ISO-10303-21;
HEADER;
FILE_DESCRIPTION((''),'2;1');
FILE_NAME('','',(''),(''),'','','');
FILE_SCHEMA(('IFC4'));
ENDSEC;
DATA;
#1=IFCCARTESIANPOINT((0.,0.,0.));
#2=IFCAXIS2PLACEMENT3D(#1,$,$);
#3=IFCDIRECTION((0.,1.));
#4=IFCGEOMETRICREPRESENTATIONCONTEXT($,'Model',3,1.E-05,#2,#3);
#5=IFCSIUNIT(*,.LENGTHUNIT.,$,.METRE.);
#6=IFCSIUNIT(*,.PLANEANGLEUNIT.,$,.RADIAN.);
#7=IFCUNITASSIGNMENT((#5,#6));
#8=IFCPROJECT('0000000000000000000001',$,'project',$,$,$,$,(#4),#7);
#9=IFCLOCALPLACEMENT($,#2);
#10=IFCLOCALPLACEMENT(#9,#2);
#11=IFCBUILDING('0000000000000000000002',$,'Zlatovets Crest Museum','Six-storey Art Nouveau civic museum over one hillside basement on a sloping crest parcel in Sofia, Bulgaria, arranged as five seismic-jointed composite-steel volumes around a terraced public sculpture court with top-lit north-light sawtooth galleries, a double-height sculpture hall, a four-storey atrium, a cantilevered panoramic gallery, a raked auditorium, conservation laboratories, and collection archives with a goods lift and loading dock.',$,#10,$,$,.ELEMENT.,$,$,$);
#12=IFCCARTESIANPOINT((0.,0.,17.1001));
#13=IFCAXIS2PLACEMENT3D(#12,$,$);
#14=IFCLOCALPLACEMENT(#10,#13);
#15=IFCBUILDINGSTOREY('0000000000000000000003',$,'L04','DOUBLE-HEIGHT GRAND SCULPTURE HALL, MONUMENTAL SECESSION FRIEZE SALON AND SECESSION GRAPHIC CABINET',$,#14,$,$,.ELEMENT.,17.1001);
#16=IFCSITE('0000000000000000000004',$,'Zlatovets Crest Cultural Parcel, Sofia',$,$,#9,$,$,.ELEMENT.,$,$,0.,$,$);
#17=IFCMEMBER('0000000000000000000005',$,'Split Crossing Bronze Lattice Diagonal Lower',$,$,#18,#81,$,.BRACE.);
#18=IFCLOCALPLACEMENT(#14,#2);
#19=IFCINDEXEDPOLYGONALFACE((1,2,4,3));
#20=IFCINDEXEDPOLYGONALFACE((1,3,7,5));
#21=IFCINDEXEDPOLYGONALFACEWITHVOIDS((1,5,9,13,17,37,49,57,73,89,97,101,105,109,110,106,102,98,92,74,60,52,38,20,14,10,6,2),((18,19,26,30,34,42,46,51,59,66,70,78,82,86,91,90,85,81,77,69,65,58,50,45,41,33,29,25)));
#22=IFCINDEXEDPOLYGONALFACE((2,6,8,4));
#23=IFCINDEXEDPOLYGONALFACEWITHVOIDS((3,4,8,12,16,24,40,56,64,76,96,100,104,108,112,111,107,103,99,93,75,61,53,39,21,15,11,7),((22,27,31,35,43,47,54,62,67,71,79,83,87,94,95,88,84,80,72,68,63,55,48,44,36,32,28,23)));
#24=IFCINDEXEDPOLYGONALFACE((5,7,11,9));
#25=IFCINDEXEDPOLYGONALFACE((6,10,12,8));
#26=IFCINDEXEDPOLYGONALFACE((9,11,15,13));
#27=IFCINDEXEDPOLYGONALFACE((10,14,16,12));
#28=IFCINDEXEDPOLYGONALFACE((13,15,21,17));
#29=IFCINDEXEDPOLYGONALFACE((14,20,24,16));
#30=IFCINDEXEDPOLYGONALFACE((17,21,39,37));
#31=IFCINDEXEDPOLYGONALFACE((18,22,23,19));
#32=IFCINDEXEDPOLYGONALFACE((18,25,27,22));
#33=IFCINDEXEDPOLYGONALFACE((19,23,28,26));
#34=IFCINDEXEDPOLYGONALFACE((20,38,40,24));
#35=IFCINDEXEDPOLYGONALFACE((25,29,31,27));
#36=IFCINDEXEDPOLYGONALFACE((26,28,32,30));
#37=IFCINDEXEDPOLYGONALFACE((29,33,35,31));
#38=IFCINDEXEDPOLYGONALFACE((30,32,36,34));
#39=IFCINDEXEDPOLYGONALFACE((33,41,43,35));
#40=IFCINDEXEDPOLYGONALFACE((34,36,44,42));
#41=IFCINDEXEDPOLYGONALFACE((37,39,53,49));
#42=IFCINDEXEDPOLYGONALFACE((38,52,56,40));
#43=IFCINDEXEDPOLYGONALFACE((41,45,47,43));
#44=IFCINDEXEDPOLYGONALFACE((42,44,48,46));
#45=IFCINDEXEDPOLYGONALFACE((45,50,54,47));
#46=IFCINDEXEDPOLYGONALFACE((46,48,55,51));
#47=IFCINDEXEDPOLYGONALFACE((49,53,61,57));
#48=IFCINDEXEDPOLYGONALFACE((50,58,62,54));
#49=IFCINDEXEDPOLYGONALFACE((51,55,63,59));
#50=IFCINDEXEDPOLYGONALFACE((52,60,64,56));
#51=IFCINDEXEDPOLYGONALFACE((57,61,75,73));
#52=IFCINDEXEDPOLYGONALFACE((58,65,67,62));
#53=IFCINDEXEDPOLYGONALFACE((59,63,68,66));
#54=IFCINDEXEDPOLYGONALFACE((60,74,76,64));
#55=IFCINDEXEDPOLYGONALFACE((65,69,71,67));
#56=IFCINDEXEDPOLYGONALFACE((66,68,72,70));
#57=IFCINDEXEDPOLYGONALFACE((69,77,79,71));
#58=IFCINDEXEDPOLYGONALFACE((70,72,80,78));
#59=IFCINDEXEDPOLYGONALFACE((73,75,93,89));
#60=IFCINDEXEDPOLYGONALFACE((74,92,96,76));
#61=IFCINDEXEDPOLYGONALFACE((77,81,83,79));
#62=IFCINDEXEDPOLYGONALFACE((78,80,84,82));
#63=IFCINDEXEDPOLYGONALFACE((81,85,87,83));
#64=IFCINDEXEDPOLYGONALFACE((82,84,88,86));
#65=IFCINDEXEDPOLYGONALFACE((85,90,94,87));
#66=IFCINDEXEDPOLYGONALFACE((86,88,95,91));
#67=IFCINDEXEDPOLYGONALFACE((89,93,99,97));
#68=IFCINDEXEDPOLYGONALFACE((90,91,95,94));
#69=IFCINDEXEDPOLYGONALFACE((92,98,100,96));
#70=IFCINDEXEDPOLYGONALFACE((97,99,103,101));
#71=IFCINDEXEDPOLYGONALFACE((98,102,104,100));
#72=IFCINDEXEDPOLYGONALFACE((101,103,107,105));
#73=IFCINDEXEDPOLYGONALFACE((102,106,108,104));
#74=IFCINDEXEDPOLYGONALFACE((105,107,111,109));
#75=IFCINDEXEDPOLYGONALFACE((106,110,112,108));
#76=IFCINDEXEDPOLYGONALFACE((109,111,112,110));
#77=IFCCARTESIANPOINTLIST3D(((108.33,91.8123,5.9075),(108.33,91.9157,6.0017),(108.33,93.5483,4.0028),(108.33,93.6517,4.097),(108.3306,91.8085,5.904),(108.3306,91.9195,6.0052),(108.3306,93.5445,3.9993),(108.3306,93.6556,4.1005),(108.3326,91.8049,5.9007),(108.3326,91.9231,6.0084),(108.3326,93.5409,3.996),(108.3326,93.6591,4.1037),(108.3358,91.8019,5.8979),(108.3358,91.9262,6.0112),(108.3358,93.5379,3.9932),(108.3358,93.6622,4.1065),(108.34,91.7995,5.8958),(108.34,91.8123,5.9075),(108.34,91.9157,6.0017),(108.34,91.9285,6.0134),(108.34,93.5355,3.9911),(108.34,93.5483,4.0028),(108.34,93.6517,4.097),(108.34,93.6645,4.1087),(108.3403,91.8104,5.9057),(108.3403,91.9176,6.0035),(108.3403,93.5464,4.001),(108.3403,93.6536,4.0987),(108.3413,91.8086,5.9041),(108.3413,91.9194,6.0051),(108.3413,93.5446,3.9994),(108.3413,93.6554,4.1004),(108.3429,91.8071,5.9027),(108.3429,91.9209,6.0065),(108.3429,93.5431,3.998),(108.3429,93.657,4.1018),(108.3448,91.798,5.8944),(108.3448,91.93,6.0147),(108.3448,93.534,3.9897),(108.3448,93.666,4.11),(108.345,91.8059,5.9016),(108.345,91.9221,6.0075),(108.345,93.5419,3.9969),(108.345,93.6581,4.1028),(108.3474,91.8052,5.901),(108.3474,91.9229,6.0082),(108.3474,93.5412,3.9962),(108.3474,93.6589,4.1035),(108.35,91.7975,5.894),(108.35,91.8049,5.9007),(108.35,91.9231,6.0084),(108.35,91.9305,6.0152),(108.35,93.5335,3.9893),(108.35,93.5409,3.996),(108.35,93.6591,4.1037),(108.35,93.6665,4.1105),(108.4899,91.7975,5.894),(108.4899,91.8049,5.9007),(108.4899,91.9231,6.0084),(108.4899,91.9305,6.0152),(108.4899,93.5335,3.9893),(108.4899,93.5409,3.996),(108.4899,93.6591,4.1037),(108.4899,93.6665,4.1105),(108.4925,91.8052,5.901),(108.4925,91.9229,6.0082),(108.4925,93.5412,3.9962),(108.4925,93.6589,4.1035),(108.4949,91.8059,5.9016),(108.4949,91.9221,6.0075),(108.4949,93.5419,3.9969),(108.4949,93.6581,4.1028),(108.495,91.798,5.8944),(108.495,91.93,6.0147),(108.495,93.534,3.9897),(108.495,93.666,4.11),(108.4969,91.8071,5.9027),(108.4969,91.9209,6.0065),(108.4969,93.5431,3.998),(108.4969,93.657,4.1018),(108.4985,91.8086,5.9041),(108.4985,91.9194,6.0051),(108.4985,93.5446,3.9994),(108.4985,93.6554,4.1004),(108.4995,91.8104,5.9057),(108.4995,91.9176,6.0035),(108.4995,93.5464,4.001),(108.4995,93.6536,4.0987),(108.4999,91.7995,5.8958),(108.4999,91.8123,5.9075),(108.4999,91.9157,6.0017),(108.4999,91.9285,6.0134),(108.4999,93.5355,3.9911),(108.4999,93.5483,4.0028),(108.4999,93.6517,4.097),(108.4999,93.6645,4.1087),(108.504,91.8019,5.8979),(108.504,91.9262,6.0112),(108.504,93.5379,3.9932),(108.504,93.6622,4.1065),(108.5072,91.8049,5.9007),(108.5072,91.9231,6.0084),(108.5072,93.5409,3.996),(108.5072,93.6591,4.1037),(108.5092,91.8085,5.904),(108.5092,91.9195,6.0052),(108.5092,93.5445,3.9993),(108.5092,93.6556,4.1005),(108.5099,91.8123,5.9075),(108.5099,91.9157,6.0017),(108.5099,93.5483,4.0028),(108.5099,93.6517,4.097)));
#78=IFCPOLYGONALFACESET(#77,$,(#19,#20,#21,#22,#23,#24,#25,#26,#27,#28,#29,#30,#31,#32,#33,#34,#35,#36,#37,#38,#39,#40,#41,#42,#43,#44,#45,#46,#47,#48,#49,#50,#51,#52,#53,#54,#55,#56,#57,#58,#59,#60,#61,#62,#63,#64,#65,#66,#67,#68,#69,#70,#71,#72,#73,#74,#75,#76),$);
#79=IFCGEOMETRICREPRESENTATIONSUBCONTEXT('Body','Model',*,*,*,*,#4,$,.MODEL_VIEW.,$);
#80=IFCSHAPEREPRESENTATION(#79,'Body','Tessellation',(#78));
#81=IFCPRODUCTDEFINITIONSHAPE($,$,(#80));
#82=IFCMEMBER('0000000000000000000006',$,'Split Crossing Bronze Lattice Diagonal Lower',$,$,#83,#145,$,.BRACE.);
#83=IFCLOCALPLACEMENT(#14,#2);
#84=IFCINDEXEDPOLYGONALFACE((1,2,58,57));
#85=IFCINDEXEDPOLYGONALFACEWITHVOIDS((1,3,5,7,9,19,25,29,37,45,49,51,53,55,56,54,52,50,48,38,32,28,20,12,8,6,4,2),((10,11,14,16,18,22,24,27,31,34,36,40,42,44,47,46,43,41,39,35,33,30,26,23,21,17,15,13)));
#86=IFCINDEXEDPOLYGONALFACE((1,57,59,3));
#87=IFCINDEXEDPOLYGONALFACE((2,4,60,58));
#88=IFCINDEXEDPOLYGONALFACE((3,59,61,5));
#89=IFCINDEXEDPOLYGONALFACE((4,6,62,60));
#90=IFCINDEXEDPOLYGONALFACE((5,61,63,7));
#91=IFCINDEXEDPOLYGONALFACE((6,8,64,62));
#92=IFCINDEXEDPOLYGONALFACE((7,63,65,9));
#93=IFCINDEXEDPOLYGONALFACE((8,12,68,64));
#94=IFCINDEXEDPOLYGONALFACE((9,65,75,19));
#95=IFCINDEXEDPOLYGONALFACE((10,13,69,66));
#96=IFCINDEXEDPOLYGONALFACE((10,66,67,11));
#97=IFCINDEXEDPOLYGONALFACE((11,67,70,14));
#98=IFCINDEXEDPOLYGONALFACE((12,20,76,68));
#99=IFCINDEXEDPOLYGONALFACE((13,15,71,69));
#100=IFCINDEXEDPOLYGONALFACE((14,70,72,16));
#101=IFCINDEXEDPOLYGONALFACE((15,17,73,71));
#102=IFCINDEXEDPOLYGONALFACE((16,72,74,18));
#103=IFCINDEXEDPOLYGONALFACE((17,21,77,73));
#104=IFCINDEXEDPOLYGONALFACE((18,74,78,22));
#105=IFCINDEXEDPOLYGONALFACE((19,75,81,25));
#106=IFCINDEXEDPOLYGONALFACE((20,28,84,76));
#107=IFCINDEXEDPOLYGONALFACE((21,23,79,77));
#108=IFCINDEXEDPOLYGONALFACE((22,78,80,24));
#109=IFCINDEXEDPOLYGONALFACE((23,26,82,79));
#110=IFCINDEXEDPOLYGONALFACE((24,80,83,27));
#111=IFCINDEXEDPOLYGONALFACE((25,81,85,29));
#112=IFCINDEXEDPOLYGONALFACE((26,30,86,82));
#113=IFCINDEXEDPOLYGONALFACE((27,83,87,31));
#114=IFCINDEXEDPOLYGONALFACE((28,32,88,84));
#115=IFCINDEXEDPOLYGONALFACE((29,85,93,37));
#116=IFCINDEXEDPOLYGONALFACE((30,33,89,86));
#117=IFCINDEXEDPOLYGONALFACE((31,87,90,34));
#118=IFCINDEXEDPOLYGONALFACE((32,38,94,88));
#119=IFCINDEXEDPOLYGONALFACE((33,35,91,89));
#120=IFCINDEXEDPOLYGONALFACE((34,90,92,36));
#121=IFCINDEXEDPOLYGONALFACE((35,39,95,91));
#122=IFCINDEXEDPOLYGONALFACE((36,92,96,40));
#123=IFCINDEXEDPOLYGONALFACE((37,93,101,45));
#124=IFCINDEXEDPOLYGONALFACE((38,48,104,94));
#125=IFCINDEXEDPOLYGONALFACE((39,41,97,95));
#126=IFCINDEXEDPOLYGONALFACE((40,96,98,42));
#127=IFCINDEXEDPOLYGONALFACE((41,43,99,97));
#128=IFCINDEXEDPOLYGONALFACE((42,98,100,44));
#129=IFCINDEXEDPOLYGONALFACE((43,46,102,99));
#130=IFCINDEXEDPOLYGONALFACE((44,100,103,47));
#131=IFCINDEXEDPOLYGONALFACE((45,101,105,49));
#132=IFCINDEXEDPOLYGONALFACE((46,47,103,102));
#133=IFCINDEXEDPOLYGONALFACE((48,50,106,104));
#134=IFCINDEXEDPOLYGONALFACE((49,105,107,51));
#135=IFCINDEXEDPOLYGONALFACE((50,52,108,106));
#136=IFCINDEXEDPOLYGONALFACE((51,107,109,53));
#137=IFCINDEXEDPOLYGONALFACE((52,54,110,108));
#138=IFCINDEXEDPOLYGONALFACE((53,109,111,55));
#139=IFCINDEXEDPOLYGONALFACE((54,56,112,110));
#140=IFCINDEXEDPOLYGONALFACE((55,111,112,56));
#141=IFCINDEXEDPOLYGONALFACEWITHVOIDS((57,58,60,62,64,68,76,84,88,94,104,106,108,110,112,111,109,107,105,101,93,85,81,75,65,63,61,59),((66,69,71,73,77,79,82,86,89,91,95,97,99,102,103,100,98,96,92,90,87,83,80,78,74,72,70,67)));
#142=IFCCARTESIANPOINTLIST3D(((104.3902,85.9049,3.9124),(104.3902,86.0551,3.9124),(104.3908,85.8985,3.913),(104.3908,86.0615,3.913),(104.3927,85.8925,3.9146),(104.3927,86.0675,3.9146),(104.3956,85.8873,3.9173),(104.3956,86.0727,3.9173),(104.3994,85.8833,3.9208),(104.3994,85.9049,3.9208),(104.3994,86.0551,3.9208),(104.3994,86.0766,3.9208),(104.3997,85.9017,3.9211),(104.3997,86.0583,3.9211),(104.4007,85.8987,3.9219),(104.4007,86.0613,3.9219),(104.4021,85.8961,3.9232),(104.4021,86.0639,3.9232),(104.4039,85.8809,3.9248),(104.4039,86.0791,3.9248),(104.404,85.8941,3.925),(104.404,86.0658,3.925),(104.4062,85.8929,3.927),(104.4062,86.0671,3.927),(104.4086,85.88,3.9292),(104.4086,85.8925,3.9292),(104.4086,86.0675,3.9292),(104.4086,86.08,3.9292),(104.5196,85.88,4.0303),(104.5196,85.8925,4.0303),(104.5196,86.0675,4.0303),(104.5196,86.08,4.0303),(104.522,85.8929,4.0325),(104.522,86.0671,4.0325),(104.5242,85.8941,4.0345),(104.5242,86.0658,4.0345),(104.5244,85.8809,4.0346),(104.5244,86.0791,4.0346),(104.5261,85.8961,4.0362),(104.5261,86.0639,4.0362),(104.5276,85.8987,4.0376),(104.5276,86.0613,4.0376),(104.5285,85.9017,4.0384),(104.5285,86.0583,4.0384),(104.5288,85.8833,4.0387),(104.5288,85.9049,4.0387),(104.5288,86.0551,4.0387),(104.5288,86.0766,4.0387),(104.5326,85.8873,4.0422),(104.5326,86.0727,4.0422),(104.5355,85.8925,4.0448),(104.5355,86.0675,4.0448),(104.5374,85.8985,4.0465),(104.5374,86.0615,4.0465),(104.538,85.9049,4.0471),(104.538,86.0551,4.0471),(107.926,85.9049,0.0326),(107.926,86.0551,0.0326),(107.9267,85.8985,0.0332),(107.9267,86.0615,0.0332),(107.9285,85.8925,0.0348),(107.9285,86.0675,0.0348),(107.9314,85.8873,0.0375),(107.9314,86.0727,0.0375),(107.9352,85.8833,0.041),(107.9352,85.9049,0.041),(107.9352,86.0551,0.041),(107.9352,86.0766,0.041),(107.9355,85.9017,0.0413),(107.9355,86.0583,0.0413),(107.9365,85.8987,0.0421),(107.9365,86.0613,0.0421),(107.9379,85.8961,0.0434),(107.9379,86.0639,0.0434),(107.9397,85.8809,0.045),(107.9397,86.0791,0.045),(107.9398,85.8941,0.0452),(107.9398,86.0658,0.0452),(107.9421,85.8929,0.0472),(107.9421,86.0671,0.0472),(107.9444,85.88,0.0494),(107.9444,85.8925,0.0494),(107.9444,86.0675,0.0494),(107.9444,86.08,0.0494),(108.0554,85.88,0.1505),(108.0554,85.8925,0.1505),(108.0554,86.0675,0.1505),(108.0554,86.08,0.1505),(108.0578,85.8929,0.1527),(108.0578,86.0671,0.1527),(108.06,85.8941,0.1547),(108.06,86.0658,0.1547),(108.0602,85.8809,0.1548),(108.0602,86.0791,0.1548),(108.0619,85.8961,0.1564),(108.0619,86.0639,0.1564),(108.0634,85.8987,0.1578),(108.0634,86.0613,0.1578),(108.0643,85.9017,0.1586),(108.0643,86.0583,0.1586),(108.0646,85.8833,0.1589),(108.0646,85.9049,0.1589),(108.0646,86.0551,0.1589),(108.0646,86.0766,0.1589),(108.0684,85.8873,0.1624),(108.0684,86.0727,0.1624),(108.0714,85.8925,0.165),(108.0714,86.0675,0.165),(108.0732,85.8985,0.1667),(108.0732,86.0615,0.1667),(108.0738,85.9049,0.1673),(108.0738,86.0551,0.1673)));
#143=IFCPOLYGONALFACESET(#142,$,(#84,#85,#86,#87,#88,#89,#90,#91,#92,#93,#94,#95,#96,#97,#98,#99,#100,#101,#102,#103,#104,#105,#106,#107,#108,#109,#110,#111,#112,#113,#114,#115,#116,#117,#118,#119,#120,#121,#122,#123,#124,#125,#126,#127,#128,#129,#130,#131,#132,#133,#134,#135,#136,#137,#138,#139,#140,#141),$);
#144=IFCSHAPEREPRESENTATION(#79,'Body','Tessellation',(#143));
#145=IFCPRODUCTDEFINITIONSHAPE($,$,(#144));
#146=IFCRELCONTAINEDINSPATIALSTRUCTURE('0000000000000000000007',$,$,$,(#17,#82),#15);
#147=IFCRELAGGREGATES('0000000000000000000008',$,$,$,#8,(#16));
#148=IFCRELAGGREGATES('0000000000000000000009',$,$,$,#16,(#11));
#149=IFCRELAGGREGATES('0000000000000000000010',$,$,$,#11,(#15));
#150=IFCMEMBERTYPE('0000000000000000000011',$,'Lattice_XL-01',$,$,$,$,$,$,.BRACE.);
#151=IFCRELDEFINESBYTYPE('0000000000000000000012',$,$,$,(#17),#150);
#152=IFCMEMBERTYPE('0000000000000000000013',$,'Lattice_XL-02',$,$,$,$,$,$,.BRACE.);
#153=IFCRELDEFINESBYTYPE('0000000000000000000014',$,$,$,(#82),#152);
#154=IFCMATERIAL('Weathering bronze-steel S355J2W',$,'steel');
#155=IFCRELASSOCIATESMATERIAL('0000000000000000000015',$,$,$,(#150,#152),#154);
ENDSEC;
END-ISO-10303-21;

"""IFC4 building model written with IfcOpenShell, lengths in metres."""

from ifc_helpers import new_model, si_unit, direction, frame, origin, origin_2d, place, context, subcontext, project, spatial, hollow_rectangle, extrude, material, material_profile, profile_set, type_object, element, save


model = new_model("IFC4")

# Units and contexts
model_context = context("Model", 3, precision=1e-05, world=origin(), true_north=direction((0.0, 1.0)))
body_context = subcontext(model_context, "Body", "Model", "MODEL_VIEW")
ifc_project = project(units=[si_unit("LENGTHUNIT", "METRE"), si_unit("PLANEANGLEUNIT", "RADIAN")], contexts=[model_context])

# Site, building, storey
site_placement = place(None, origin())
site = spatial("IfcSite", under=ifc_project, at=site_placement, Name="Zlatovets Crest Cultural Parcel, Sofia", CompositionType="ELEMENT", RefElevation=0.0)
building_placement = place(site_placement, origin())
building = spatial("IfcBuilding", under=site, at=building_placement, Name="Zlatovets Crest Museum", Description="Six-storey Art Nouveau civic museum over one hillside basement on a sloping crest parcel in Sofia, Bulgaria, arranged as five seismic-jointed composite-steel volumes around a terraced public sculpture court with top-lit north-light sawtooth galleries, a double-height sculpture hall, a four-storey atrium, a cantilevered panoramic gallery, a raked auditorium, conservation laboratories, and collection archives with a goods lift and loading dock.", CompositionType="ELEMENT")
storey_placement = place(building_placement, frame((0.0, 0.0, 17.1001)))
storey = spatial("IfcBuildingStorey", under=building, at=storey_placement, Name="L04", Description="DOUBLE-HEIGHT GRAND SCULPTURE HALL, MONUMENTAL SECESSION FRIEZE SALON AND SECESSION GRAPHIC CABINET", CompositionType="ELEMENT", Elevation=17.1001)

# Members
ifc_material_1 = material(Name="Weathering bronze-steel S355J2W", Category="steel")
ifc_material_profile_1 = material_profile(ifc_material_1, hollow_rectangle(XDim=0.1799, YDim=0.1799, WallThickness=0.01, InnerFilletRadius=0.01, OuterFilletRadius=0.02, at=origin_2d()), Name="SHS 180x180x10.0")
ifc_profile_set_1 = profile_set([ifc_material_profile_1], Name="Weathering bronze-steel S355J2W")
member_type_1 = type_object("IfcMemberType", Name="Lattice_XL-01", PredefinedType="BRACE", material=ifc_profile_set_1)
for number, where, z_axis, x_axis, name in (
    (1, (108.4199, 91.864, 5.9546), (0.0, 0.67362, -0.739078), (-1.0, 0.0, 0.0), "Split Crossing Bronze Lattice Diagonal Lower"),
):
    element("IfcMember", number, at=place(storey_placement, frame(where, z_axis=z_axis, x_axis=x_axis)), inside=storey, type_object=member_type_1, Name=name, PredefinedType="BRACE", context=body_context, shape_type="SweptSolid", body=[
        extrude(hollow_rectangle(XDim=0.1799, YDim=0.1799, WallThickness=0.01, InnerFilletRadius=0.01, OuterFilletRadius=0.02, at=origin_2d()), origin(), (0.0, 0.0, 1.0), 2.5771),
    ])
ifc_material_profile_2 = material_profile(ifc_material_1, hollow_rectangle(XDim=0.2, YDim=0.2, WallThickness=0.0125, InnerFilletRadius=0.0125, OuterFilletRadius=0.0249, at=origin_2d()), Name="SHS 200x200x12.5")
ifc_profile_set_2 = profile_set([ifc_material_profile_2], Name="Weathering bronze-steel S355J2W")
member_type_2 = type_object("IfcMemberType", Name="Lattice_XL-02", PredefinedType="BRACE", material=ifc_profile_set_2)
member_1_placement = place(storey_placement, frame((104.4641, 85.98, 3.9797), z_axis=(0.673582, 0.0, -0.739112), x_axis=(0.0, 1.0, 0.0)))
element("IfcMember", 2, at=member_1_placement, inside=storey, type_object=member_type_2, Name="Split Crossing Bronze Lattice Diagonal Lower", PredefinedType="BRACE", context=body_context, shape_type="SweptSolid", body=[
    extrude(hollow_rectangle(XDim=0.2, YDim=0.2, WallThickness=0.0125, InnerFilletRadius=0.0125, OuterFilletRadius=0.0249, at=origin_2d()), origin(), (0.0, 0.0, 1.0), 5.2493),
])

save(model, "model.ifc")
